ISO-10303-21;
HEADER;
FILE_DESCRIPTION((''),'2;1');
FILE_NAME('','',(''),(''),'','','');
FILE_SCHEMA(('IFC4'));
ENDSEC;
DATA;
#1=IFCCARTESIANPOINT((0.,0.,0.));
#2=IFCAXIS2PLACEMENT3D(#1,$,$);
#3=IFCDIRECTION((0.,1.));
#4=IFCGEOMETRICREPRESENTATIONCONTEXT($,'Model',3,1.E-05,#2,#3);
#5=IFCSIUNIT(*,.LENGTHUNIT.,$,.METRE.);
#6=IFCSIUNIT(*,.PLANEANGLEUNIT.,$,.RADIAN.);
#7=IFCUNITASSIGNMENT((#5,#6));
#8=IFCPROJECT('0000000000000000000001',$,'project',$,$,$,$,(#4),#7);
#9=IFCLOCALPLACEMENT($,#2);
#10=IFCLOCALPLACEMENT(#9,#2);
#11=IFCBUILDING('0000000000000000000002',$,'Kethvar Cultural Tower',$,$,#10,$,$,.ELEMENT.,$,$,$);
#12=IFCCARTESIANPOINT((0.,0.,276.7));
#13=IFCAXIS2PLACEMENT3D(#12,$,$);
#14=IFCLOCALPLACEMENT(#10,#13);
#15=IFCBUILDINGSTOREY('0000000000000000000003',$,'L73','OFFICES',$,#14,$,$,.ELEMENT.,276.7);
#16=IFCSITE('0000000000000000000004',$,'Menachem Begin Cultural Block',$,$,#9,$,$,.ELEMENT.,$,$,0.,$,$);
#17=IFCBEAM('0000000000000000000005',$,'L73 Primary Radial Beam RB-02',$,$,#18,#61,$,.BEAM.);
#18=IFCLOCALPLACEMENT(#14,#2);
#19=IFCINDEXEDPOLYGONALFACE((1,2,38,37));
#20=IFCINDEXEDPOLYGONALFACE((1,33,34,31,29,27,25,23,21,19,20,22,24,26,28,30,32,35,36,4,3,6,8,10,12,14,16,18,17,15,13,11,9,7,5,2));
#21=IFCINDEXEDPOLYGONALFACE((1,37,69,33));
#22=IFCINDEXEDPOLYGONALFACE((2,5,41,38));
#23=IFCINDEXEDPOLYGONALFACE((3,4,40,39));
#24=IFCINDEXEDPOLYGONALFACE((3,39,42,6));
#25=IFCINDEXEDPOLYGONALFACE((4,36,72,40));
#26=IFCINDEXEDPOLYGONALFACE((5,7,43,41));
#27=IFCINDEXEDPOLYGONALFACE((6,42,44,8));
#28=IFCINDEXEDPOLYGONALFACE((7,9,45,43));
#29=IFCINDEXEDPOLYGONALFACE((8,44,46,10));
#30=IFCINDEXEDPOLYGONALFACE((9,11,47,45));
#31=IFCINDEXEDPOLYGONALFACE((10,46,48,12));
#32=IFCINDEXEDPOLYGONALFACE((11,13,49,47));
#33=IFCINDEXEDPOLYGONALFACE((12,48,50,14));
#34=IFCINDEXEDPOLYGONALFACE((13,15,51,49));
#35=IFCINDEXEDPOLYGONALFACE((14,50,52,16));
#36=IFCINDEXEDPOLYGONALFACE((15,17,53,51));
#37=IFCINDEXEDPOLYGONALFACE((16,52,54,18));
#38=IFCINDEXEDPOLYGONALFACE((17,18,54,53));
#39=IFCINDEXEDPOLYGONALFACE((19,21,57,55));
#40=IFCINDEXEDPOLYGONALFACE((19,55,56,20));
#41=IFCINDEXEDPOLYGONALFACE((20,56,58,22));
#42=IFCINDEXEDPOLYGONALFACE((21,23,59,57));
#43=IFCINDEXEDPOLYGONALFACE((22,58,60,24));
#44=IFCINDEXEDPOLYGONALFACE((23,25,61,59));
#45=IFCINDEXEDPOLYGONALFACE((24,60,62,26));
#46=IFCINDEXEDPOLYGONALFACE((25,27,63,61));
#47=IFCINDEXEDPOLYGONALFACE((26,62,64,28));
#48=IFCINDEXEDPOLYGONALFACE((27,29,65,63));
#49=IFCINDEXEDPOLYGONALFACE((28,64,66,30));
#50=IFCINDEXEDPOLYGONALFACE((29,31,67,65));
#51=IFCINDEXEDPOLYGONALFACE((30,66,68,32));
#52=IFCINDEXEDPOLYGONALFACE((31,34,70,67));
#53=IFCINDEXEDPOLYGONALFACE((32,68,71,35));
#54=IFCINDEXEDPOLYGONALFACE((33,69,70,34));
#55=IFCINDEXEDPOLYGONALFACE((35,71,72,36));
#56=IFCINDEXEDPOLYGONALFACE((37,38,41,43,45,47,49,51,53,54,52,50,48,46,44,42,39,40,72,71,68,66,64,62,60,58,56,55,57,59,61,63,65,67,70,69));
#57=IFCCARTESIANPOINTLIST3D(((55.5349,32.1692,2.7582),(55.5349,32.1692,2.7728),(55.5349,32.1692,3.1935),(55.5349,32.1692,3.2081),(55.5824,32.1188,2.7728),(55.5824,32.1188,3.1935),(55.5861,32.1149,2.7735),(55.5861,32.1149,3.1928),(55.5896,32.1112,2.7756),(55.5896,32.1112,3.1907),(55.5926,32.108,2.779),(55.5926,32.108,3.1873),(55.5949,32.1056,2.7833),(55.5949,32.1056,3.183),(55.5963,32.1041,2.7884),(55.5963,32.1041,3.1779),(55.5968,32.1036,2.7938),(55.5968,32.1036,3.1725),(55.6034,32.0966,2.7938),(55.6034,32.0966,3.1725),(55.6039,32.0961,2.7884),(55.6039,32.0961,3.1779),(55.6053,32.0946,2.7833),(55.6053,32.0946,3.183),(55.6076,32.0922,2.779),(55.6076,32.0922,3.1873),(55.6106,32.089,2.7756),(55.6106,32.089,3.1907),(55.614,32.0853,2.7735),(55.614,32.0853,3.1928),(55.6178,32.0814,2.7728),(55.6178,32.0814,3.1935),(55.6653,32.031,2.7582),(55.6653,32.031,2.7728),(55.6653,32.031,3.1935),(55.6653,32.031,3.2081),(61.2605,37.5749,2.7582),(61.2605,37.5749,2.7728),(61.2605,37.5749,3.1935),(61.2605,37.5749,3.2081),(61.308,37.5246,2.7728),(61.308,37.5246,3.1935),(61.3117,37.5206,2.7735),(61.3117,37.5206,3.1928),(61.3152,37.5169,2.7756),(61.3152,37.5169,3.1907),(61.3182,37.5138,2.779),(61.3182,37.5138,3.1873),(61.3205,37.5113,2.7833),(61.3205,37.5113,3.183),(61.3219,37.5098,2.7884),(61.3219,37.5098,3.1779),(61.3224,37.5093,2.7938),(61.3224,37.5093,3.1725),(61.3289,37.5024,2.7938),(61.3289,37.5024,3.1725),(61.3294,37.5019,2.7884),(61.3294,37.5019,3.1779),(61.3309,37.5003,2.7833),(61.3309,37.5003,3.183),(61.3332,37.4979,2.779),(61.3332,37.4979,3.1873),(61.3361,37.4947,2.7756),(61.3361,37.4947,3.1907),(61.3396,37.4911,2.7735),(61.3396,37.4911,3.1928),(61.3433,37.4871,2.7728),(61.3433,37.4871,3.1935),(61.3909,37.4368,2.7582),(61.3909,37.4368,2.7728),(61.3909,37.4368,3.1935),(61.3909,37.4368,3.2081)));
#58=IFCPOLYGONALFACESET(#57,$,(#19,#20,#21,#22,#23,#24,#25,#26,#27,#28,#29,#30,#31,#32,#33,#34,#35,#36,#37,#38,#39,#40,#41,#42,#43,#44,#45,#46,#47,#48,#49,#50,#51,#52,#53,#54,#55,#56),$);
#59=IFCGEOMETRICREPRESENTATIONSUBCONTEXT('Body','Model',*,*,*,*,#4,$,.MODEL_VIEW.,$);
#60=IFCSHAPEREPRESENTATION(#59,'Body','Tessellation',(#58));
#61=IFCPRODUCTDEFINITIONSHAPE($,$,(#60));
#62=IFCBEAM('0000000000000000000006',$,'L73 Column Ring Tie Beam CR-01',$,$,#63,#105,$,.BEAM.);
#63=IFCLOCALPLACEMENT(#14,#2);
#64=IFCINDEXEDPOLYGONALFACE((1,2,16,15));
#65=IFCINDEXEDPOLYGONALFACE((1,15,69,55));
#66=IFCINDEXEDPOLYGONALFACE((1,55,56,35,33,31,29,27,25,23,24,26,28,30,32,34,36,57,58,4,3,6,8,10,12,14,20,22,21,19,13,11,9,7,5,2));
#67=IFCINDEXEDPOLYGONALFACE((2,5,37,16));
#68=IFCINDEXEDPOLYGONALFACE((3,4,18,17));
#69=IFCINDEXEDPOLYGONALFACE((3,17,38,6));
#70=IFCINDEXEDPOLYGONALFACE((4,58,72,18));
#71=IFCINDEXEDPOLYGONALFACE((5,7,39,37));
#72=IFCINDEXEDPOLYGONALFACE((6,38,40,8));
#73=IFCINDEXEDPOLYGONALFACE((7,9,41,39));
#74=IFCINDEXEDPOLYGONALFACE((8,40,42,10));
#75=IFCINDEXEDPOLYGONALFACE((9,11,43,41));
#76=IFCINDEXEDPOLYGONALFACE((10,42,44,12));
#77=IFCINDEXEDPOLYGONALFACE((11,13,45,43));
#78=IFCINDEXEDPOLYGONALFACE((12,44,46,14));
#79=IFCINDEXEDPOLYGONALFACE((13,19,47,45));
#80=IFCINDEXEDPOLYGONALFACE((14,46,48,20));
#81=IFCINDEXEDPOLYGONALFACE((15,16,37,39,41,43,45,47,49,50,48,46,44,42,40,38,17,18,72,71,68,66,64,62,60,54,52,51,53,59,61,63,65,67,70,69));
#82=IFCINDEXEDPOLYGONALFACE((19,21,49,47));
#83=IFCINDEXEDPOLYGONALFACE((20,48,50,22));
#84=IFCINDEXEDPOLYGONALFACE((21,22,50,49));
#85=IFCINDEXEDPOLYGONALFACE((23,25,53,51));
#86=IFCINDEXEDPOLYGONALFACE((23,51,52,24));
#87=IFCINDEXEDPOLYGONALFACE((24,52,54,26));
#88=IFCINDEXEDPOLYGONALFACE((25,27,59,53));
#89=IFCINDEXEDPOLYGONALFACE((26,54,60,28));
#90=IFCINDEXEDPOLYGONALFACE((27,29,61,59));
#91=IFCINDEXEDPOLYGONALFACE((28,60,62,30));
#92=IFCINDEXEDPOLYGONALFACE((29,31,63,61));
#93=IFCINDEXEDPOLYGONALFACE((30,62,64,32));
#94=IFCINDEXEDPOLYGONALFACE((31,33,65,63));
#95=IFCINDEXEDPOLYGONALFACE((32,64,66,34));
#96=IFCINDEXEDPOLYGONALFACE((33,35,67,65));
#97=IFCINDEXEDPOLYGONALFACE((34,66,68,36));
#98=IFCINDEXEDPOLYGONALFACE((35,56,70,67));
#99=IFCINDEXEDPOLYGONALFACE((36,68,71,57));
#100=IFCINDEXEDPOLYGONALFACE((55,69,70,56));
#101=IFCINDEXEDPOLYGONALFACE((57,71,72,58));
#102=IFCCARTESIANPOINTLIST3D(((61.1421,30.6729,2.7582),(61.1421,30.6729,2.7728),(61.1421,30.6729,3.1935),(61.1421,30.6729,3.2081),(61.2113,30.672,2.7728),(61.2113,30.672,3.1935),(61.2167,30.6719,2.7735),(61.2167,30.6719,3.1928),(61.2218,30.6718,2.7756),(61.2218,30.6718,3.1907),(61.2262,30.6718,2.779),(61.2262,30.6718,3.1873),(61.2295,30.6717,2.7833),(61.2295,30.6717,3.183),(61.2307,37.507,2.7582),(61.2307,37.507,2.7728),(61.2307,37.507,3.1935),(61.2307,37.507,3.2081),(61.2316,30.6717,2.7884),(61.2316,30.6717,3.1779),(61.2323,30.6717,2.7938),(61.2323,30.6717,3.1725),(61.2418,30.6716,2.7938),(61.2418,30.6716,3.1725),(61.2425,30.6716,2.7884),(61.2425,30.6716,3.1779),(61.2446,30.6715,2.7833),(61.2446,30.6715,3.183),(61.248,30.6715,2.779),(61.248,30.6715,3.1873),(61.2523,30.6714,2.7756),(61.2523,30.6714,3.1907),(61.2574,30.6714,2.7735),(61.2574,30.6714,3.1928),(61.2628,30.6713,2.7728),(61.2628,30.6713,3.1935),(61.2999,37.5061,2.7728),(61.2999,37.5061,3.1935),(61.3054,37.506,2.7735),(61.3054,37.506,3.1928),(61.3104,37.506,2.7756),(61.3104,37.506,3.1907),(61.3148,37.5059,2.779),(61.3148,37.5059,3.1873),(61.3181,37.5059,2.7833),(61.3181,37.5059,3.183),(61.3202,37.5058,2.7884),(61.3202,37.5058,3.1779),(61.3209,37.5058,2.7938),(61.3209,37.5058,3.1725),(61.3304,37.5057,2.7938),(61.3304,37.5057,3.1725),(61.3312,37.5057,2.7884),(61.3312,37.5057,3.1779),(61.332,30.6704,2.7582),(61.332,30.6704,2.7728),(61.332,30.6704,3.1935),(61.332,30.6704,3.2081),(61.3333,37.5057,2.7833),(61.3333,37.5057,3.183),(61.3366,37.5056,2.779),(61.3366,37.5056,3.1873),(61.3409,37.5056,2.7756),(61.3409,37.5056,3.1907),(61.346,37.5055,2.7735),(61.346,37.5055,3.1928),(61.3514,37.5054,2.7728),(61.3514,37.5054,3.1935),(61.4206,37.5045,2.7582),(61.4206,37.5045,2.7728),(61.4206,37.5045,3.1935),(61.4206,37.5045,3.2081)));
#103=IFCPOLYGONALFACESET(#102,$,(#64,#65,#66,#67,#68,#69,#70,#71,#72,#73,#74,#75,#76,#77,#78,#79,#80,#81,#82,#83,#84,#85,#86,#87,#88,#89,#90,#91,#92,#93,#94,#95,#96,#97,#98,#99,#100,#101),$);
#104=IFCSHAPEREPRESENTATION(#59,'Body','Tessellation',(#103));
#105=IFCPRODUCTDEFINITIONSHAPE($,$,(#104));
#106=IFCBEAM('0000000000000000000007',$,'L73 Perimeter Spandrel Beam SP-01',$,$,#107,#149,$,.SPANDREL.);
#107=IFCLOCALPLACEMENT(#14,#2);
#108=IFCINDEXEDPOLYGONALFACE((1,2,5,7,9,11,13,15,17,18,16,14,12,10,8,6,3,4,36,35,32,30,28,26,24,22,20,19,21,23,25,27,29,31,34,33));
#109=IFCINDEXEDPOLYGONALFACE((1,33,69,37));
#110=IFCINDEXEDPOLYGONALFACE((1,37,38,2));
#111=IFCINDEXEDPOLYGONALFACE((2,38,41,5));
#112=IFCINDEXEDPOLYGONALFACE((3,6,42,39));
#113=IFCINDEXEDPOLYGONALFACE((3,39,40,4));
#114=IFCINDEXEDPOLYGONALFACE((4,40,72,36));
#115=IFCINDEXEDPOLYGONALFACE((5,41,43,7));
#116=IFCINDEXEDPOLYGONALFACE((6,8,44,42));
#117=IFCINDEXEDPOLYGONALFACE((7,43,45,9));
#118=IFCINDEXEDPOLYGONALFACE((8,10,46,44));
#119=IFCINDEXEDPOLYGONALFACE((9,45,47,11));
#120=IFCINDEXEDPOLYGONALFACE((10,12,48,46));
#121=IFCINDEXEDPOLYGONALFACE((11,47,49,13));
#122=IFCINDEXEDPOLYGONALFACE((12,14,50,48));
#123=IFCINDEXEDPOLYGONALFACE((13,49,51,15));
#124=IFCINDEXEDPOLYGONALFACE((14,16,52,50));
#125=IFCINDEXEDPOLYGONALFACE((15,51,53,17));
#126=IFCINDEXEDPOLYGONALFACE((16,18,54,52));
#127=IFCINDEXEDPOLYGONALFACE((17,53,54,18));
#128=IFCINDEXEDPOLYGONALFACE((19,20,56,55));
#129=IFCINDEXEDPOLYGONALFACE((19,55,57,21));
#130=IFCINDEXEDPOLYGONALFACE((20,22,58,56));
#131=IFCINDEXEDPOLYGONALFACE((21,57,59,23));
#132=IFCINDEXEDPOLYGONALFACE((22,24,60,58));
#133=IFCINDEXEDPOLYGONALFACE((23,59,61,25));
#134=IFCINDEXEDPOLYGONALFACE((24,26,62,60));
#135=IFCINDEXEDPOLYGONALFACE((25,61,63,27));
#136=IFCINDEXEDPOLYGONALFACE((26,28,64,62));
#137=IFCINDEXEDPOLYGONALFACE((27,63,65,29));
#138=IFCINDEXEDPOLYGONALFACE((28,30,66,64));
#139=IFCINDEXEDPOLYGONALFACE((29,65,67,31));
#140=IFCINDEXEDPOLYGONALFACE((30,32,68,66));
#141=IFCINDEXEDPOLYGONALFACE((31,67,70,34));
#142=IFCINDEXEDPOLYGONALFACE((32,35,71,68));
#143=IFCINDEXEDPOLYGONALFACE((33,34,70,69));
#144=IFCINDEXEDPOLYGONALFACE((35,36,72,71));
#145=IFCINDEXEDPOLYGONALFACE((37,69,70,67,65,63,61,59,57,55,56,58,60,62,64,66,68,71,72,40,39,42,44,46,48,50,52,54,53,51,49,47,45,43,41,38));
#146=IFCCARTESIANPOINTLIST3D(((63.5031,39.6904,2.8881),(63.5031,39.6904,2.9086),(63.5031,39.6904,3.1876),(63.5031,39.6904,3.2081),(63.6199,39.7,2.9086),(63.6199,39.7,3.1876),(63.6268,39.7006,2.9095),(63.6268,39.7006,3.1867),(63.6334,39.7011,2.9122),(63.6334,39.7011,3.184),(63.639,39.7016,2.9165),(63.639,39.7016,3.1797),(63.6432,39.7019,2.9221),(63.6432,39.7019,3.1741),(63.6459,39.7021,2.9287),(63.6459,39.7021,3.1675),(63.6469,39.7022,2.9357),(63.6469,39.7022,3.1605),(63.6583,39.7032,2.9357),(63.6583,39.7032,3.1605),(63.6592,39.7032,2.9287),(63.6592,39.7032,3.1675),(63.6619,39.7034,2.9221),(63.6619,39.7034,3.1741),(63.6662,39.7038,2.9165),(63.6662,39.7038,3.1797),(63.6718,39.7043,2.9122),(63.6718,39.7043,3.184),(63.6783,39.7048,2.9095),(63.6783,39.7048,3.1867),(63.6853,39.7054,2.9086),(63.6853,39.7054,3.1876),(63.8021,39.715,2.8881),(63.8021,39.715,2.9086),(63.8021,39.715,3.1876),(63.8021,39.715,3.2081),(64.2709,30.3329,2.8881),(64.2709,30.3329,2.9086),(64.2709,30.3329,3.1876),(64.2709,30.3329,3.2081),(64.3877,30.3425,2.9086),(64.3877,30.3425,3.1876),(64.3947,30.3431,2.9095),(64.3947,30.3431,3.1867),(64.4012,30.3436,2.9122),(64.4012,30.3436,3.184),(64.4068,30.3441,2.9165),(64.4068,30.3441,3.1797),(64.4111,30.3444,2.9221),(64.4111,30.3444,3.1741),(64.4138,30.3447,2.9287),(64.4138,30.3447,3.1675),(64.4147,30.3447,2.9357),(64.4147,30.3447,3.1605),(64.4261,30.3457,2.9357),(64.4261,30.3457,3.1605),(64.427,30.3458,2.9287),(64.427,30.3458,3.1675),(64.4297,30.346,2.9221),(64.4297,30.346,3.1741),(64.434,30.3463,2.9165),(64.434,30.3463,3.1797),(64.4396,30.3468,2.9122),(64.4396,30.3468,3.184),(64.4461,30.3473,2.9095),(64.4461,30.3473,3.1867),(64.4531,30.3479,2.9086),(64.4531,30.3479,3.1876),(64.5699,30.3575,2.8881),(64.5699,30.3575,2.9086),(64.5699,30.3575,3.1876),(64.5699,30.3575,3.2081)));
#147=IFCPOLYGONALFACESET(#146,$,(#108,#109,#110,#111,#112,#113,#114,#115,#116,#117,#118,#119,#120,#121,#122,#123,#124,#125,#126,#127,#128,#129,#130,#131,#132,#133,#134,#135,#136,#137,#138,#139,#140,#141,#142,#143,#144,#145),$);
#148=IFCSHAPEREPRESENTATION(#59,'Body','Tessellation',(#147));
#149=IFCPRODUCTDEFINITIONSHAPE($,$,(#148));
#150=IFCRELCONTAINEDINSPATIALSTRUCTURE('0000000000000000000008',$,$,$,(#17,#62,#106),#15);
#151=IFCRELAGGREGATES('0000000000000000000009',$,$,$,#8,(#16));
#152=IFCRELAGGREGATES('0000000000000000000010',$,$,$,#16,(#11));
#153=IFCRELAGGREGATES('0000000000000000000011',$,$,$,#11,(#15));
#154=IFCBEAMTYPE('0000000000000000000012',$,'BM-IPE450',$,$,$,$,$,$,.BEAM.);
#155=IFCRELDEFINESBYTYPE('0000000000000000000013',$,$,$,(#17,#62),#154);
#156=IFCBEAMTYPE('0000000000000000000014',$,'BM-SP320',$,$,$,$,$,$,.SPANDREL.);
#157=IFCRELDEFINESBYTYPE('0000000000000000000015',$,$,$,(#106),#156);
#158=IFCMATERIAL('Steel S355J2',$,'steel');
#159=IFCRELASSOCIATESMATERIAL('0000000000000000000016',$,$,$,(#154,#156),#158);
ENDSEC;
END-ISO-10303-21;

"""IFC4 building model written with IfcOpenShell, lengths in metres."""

from ifc_helpers import new_model, si_unit, direction, frame, origin, origin_2d, place, context, subcontext, project, spatial, i_section, extrude, source, transform, mapped, material, material_profile, profile_set, type_object, element, save


model = new_model("IFC4")

# Units and contexts
model_context = context("Model", 3, precision=1e-05, world=origin(), true_north=direction((0.0, 1.0)))
body_context = subcontext(model_context, "Body", "Model", "MODEL_VIEW")
ifc_project = project(units=[si_unit("LENGTHUNIT", "METRE"), si_unit("PLANEANGLEUNIT", "RADIAN")], contexts=[model_context])

# Site, building, storey
site_placement = place(None, origin())
site = spatial("IfcSite", under=ifc_project, at=site_placement, Name="Menachem Begin Cultural Block", CompositionType="ELEMENT", RefElevation=0.0)
building_placement = place(site_placement, origin())
building = spatial("IfcBuilding", under=site, at=building_placement, Name="Kethvar Cultural Tower", CompositionType="ELEMENT")
storey_placement = place(building_placement, frame((0.0, 0.0, 276.7)))
storey = spatial("IfcBuildingStorey", under=building, at=storey_placement, Name="L73", Description="OFFICES", CompositionType="ELEMENT", Elevation=276.7)

# Shared definitions
ifc_material_1 = material(Name="Steel S355J2", Category="steel")

# Beams
ifc_material_profile_1 = material_profile(ifc_material_1, i_section(OverallWidth=0.1899, OverallDepth=0.45, WebThickness=0.0095, FlangeThickness=0.0146, FilletRadius=0.021, at=origin_2d()), Name="Steel S355J2 — IPE450")
ifc_profile_set_1 = profile_set([ifc_material_profile_1], Name="Steel S355J2 — IPE450")
beam_type_1 = type_object("IfcBeamType", Name="BM-IPE450", PredefinedType="BEAM", material=ifc_profile_set_1)
shared_shape_1 = source(origin(), body_context, "Body", "SweptSolid", [
    extrude(i_section(OverallWidth=0.1899, OverallDepth=0.45, WebThickness=0.0095, FlangeThickness=0.0146, FilletRadius=0.021, at=origin_2d()), origin(), (0.0, 0.0, 1.0), 7.8743),
])
beam_1_placement = place(storey_placement, frame((55.6001, 32.1001, 2.9832), z_axis=(0.727123, 0.686507, 0.0), x_axis=(-0.686507, 0.727123, 0.0)))
element("IfcBeam", 1, at=beam_1_placement, inside=storey, type_object=beam_type_1, Name="L73 Primary Radial Beam RB-02", PredefinedType="BEAM", context=body_context, shape_type="MappedRepresentation", body=[
    mapped(shared_shape_1, transform((0.0, 0.0, 0.0), scale=1.0)),
])
shared_shape_2 = source(origin(), body_context, "Body", "SweptSolid", [
    extrude(i_section(OverallWidth=0.1899, OverallDepth=0.45, WebThickness=0.0095, FlangeThickness=0.0146, FilletRadius=0.021, at=origin_2d()), origin(), (0.0, 0.0, 1.0), 6.8347),
])
beam_2_placement = place(storey_placement, frame((61.2371, 30.6716, 2.9832), z_axis=(0.012966, 0.999916, 0.0), x_axis=(-0.999916, 0.012966, 0.0)))
element("IfcBeam", 2, at=beam_2_placement, inside=storey, type_object=beam_type_1, Name="L73 Column Ring Tie Beam CR-01", PredefinedType="BEAM", context=body_context, shape_type="MappedRepresentation", body=[
    mapped(shared_shape_2, transform((0.0, 0.0, 0.0), scale=1.0)),
])
ifc_material_profile_2 = material_profile(ifc_material_1, i_section(OverallWidth=0.3, OverallDepth=0.3201, WebThickness=0.0115, FlangeThickness=0.0205, FilletRadius=0.0271, at=origin_2d()), Name="Steel S355J2 — HEB320")
ifc_profile_set_2 = profile_set([ifc_material_profile_2], Name="Steel S355J2 — HEB320")
beam_type_2 = type_object("IfcBeamType", Name="BM-SP320", PredefinedType="SPANDREL", material=ifc_profile_set_2)
shared_shape_3 = source(origin(), body_context, "Body", "SweptSolid", [
    extrude(i_section(OverallWidth=0.3, OverallDepth=0.3201, WebThickness=0.0115, FlangeThickness=0.0205, FilletRadius=0.0271, at=origin_2d()), origin(), (0.0, 0.0, 1.0), 9.3889),
])
beam_3_placement = place(storey_placement, frame((64.4204, 30.3452, 3.0481), z_axis=(-0.08178, 0.99665, 0.0), x_axis=(-0.99665, -0.08178, 0.0)))
element("IfcBeam", 3, at=beam_3_placement, inside=storey, type_object=beam_type_2, Name="L73 Perimeter Spandrel Beam SP-01", PredefinedType="SPANDREL", context=body_context, shape_type="MappedRepresentation", body=[
    mapped(shared_shape_3, transform((0.0, 0.0, 0.0), scale=1.0)),
])

save(model, "model.ifc")
